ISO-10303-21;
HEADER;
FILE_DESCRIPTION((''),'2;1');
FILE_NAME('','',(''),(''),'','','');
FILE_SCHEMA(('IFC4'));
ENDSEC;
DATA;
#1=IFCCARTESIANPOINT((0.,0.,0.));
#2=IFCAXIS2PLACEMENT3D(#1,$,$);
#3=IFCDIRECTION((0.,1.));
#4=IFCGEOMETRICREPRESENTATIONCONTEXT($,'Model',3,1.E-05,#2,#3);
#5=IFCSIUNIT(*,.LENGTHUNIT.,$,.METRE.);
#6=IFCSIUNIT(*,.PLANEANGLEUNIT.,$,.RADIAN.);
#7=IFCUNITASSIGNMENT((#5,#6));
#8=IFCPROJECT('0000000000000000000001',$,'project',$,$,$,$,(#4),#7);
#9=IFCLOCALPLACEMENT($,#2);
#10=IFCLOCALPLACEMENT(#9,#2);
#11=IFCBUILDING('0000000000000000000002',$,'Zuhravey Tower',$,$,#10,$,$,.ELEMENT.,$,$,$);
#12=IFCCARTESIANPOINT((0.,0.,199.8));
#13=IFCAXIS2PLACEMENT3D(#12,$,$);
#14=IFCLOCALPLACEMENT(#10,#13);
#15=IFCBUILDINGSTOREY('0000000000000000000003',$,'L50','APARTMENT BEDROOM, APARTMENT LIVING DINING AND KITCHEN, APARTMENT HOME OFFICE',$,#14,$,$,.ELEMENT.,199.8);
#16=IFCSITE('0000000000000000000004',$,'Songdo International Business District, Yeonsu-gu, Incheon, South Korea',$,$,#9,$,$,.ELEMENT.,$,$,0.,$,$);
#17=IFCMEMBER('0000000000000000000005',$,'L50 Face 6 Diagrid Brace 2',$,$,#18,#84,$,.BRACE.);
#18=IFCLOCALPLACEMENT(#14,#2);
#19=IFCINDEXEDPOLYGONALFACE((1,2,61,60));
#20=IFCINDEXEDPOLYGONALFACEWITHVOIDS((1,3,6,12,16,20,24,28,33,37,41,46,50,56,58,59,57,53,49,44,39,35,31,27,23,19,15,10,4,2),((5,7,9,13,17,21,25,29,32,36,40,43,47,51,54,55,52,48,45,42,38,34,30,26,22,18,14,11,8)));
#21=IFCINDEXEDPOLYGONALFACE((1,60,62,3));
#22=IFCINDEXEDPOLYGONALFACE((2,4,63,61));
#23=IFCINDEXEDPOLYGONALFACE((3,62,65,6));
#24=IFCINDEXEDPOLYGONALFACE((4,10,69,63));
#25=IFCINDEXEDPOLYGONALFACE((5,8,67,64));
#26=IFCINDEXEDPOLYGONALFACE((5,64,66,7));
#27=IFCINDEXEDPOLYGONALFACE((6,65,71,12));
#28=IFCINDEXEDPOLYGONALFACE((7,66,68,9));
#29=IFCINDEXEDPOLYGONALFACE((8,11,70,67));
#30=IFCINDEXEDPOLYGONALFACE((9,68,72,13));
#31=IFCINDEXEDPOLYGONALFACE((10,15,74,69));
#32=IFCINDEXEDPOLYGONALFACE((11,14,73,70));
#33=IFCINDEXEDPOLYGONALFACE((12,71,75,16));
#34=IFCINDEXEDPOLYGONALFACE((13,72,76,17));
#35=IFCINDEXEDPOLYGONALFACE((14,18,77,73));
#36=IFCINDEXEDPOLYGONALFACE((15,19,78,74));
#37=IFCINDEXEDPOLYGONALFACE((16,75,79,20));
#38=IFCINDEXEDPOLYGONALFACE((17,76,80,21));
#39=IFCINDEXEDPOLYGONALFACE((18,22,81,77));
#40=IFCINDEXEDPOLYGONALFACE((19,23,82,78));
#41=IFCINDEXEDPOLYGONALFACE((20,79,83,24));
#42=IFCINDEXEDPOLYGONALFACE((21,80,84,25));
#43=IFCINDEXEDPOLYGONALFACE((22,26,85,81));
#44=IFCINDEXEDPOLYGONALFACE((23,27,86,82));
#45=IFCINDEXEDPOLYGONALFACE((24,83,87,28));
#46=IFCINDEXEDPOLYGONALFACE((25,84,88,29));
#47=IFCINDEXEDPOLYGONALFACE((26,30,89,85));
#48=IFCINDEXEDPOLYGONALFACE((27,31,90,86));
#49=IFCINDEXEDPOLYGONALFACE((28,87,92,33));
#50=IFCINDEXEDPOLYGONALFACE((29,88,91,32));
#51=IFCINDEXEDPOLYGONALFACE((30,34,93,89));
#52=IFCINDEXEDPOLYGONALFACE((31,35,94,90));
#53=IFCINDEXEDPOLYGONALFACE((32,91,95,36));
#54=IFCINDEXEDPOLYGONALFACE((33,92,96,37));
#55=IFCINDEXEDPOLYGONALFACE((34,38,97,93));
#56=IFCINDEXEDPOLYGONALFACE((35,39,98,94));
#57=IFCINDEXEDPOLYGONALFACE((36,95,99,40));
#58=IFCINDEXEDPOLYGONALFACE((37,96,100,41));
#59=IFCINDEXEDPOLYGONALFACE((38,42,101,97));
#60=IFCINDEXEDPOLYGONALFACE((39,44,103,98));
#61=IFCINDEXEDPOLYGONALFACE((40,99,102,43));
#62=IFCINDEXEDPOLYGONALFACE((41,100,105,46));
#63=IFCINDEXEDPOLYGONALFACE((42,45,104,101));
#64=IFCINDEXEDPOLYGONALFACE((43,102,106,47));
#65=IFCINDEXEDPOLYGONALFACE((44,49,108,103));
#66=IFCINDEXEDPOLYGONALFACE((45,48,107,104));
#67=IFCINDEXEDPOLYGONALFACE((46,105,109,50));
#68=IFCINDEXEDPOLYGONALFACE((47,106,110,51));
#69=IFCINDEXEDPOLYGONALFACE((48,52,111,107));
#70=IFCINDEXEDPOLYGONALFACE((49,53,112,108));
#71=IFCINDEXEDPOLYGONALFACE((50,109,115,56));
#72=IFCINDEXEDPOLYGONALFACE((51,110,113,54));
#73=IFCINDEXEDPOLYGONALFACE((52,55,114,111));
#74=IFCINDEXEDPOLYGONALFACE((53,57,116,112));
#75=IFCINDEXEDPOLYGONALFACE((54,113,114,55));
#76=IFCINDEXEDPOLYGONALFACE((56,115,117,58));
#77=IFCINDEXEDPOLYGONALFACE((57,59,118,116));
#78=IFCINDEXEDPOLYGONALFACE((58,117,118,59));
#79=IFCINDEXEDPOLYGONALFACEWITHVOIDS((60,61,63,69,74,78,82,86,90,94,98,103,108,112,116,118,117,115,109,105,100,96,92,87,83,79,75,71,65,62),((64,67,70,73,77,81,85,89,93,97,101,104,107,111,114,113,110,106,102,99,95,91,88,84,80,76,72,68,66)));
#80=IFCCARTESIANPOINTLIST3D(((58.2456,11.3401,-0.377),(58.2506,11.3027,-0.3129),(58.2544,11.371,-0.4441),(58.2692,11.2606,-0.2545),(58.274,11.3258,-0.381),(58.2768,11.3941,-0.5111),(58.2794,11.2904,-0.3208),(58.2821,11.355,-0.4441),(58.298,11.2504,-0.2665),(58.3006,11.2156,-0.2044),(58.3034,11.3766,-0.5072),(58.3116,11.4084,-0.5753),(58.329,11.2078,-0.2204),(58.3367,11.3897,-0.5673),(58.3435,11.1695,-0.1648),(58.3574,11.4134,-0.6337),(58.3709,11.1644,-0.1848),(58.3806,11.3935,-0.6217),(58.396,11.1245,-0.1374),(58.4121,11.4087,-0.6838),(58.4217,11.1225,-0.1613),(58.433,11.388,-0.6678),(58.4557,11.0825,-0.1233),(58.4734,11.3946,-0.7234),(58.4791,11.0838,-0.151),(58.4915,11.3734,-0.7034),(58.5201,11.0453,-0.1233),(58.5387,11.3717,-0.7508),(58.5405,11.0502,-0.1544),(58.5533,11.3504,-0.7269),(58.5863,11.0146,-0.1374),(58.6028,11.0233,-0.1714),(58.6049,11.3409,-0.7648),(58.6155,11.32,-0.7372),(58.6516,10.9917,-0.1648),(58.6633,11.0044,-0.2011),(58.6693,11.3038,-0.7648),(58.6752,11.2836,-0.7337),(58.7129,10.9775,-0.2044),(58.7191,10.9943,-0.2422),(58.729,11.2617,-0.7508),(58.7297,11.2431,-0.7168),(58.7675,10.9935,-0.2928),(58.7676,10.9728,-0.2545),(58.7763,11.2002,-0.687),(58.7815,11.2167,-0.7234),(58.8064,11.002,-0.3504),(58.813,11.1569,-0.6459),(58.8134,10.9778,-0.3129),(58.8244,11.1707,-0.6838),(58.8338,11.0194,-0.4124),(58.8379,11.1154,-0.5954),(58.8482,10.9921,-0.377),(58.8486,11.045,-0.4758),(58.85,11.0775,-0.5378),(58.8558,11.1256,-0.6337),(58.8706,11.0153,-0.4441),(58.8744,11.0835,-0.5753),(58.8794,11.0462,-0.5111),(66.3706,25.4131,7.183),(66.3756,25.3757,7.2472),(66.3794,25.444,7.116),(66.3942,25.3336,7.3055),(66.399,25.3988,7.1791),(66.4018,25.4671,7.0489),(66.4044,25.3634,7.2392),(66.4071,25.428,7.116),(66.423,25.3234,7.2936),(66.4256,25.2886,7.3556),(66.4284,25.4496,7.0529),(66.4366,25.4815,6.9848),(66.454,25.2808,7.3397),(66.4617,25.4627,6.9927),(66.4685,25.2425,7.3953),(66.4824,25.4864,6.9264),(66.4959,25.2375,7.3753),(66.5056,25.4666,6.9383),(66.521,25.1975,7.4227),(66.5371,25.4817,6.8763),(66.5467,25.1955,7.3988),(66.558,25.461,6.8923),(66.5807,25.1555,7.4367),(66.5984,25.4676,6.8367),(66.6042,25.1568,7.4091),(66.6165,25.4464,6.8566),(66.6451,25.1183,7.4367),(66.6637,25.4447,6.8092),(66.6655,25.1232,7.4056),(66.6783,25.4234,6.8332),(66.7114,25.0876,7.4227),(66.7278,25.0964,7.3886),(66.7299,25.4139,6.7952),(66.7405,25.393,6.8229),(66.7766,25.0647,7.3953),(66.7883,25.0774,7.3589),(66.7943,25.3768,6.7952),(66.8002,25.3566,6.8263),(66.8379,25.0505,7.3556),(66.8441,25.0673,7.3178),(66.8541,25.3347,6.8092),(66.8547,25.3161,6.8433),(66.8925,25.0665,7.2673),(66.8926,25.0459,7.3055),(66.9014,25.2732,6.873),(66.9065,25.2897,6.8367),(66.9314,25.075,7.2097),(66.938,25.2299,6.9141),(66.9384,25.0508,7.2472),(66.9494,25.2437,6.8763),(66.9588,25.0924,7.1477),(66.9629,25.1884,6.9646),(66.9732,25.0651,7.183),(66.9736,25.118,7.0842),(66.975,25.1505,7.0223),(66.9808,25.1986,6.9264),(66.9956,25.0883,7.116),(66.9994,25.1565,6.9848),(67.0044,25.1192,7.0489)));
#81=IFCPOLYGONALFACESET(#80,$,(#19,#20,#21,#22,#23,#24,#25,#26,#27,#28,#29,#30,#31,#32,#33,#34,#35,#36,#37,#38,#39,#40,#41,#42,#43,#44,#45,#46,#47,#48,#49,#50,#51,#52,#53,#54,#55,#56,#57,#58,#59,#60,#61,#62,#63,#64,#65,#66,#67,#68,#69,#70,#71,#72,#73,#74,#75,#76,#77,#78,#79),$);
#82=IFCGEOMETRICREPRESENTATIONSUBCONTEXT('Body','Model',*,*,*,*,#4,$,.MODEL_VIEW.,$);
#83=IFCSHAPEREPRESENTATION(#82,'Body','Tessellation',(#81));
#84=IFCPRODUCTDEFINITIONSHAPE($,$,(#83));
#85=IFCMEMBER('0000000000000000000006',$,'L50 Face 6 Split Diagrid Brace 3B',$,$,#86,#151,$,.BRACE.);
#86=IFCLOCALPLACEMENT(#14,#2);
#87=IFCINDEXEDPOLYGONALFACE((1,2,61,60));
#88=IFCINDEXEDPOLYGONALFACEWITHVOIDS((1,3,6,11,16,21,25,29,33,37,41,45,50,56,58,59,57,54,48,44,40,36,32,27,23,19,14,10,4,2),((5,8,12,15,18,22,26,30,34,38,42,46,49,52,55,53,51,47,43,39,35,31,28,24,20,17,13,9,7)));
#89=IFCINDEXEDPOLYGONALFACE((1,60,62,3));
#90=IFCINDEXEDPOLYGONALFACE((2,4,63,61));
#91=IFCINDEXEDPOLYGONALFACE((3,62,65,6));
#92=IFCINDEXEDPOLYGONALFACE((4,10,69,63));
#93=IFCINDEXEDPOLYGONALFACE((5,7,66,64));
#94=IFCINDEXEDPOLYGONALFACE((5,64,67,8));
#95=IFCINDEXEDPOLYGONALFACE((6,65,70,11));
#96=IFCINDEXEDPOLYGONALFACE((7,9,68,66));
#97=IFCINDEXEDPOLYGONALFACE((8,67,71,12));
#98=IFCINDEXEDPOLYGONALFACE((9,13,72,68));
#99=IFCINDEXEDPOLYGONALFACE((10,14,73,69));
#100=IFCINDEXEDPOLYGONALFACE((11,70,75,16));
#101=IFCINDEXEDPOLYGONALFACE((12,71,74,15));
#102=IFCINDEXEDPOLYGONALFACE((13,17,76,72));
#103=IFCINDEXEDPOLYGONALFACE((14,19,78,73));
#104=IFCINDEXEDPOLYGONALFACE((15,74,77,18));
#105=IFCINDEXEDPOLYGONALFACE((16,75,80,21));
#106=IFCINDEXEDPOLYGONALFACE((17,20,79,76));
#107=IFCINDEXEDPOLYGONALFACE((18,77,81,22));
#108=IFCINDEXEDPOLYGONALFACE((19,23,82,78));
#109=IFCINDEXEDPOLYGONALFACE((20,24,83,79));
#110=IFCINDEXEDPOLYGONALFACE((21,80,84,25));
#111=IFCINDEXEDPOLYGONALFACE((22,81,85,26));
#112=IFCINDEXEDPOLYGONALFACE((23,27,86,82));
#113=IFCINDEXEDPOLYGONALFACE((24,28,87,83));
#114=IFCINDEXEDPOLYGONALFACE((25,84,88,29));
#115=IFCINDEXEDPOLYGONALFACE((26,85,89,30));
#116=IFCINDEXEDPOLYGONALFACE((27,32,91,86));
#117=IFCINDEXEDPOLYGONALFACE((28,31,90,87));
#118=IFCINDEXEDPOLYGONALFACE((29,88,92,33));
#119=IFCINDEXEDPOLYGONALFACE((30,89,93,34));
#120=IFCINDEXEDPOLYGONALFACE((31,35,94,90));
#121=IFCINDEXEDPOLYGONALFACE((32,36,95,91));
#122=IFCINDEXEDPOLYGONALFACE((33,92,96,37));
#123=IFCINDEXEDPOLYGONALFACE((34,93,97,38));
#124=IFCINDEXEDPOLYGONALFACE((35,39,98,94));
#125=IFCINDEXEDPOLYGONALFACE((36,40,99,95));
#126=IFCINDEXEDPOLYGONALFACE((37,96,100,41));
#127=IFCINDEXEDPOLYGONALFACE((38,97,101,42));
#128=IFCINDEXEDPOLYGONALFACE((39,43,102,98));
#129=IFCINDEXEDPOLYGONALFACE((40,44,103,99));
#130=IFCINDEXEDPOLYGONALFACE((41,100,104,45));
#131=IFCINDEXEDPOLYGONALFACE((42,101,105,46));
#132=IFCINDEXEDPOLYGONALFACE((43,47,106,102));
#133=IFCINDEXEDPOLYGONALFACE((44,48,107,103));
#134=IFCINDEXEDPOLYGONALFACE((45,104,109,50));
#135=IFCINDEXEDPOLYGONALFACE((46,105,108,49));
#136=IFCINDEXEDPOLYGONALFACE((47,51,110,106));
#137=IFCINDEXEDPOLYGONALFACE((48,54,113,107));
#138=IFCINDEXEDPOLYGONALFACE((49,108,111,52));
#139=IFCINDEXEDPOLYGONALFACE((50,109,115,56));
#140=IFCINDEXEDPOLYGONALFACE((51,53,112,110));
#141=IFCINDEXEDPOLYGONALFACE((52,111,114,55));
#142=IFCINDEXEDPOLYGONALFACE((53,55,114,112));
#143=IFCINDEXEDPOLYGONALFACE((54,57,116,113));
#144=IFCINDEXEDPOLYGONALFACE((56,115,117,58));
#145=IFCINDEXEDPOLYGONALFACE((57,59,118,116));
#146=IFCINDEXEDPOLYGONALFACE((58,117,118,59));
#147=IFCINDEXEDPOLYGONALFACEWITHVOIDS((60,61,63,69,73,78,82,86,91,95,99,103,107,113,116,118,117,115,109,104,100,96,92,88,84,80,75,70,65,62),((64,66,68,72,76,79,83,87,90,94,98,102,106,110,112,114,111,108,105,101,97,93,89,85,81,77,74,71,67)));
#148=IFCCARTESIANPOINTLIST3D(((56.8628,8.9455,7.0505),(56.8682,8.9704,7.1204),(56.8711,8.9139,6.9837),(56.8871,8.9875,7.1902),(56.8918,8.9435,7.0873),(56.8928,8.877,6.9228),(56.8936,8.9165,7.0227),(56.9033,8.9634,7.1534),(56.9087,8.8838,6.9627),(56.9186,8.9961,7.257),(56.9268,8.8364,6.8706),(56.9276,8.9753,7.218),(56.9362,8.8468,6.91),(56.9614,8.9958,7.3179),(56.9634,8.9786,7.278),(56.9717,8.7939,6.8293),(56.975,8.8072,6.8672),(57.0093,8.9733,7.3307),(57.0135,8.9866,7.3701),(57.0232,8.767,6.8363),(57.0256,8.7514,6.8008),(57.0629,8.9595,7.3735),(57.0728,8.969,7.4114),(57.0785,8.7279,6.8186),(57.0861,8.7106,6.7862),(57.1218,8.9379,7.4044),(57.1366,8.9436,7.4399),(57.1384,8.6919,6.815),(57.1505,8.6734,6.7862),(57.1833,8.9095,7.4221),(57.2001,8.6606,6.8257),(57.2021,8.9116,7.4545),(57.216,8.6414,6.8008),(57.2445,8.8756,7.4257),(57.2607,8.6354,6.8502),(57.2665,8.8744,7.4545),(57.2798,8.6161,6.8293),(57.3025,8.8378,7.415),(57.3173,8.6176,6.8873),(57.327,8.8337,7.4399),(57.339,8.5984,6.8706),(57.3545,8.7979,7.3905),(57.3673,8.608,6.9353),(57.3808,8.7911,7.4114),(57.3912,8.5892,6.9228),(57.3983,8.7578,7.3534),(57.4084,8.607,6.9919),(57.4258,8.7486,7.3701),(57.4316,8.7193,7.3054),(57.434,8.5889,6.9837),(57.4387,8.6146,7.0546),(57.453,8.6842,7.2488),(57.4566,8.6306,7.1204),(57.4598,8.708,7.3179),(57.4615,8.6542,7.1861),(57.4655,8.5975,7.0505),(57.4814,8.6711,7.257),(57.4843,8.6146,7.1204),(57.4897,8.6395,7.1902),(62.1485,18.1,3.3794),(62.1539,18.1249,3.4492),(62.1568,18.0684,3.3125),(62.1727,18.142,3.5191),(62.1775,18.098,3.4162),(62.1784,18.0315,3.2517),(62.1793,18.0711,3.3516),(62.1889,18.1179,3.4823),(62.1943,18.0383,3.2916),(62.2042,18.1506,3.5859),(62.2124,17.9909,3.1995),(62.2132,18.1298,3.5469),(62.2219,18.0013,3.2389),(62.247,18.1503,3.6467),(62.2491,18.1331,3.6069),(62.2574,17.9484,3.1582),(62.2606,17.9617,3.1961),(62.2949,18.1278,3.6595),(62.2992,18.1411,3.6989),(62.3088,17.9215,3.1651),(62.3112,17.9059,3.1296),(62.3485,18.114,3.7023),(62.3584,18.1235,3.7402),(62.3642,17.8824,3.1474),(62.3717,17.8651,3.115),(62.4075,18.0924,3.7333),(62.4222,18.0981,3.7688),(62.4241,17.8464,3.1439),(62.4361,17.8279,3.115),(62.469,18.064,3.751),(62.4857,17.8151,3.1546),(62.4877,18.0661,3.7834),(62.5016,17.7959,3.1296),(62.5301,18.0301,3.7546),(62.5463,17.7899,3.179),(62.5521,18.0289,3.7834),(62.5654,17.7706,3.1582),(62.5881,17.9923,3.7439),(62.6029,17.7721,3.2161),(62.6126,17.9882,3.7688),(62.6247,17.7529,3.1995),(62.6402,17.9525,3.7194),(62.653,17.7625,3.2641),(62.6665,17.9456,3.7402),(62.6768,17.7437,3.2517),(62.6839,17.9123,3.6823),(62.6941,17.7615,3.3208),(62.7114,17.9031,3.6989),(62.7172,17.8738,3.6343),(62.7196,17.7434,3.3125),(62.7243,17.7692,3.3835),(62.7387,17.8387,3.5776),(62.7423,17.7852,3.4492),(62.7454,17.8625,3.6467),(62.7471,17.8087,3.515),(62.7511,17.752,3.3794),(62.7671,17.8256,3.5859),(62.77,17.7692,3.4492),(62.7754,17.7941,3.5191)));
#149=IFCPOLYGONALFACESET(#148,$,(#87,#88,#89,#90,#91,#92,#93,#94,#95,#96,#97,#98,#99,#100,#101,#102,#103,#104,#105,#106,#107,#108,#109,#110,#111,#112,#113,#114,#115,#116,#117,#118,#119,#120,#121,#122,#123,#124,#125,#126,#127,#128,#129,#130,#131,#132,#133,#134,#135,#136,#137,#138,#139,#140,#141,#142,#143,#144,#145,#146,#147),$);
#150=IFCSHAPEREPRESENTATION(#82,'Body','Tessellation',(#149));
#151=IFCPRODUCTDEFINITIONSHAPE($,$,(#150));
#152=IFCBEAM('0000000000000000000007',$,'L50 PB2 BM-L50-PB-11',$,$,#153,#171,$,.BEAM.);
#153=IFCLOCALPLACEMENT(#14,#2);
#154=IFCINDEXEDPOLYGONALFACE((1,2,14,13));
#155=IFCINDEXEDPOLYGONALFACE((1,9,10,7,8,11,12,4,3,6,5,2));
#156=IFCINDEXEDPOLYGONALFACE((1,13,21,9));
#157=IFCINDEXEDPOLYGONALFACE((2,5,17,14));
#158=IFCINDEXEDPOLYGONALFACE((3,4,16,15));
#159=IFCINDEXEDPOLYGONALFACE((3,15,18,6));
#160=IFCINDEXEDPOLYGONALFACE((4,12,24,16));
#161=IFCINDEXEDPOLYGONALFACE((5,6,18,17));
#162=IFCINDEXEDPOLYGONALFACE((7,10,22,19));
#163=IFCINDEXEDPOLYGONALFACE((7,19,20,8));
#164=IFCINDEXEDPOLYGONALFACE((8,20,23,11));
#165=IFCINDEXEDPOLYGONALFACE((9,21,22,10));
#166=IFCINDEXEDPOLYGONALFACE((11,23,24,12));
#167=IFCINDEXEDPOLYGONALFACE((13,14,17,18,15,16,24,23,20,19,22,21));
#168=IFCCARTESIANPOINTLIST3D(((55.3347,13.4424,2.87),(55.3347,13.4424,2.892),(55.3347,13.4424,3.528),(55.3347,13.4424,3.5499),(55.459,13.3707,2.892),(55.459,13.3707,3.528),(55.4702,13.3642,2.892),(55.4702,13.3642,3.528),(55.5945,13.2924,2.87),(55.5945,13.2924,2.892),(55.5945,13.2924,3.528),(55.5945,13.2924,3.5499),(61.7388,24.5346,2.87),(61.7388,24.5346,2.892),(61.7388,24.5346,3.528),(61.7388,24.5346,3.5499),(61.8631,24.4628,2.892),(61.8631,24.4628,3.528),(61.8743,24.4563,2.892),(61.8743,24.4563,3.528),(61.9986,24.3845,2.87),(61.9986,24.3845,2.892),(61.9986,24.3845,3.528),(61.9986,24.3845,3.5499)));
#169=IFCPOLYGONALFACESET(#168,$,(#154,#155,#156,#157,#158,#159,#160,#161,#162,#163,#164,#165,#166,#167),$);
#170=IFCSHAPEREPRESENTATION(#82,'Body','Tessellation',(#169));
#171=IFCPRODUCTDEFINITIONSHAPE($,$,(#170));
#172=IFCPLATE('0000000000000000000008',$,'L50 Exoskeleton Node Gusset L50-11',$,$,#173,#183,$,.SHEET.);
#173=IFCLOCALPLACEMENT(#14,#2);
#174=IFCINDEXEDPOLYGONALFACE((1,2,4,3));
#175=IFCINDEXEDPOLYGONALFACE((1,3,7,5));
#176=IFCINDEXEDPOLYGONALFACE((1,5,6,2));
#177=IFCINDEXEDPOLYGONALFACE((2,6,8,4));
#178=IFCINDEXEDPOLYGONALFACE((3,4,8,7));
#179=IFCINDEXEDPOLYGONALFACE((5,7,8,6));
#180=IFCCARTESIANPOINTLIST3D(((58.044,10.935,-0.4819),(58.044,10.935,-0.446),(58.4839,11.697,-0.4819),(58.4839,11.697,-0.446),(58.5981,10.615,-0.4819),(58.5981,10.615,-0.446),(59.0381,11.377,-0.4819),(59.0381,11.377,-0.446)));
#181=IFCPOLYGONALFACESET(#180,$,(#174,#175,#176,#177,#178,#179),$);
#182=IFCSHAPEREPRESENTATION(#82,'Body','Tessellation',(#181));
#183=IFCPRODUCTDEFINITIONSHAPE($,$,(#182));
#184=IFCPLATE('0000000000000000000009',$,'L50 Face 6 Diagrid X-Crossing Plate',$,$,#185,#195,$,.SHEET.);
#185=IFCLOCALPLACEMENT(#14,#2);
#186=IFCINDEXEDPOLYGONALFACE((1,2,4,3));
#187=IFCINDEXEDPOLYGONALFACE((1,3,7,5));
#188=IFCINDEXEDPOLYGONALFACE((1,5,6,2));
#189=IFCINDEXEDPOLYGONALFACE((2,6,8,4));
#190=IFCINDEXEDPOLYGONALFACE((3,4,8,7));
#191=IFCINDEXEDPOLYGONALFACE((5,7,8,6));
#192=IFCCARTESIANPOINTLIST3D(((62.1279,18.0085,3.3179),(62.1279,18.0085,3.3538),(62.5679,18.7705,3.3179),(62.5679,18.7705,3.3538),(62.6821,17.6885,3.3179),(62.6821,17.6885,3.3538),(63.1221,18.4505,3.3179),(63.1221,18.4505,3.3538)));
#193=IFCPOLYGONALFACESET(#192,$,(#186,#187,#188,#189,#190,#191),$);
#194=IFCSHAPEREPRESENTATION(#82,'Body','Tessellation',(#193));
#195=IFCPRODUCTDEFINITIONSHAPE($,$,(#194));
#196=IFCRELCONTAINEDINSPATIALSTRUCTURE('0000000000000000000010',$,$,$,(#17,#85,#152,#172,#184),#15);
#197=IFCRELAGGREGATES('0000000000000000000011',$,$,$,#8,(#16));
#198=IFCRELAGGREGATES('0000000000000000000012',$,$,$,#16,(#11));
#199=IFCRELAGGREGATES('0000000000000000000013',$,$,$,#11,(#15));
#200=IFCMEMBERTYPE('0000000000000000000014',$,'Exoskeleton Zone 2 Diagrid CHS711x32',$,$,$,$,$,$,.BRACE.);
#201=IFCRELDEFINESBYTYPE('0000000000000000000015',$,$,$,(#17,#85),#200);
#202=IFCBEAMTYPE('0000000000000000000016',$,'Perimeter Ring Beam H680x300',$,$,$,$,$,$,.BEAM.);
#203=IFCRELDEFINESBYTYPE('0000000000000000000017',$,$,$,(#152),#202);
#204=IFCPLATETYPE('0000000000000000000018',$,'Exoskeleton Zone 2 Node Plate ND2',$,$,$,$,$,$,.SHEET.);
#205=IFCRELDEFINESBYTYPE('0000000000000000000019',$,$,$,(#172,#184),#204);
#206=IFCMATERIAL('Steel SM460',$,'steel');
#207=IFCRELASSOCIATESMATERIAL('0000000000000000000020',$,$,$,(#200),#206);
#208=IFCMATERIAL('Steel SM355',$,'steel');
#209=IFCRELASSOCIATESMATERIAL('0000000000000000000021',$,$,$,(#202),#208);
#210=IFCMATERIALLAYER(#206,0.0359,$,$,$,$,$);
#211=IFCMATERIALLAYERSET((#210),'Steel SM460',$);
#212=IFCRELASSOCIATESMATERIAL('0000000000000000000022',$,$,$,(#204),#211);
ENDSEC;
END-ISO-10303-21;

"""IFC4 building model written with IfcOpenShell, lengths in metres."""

from ifc_helpers import new_model, si_unit, direction, frame, origin, origin_2d, place, context, subcontext, project, spatial, rectangle, hollow_circle, i_section, extrude, material, layer, layer_set, material_profile, profile_set, type_object, element, save


model = new_model("IFC4")

# Units and contexts
model_context = context("Model", 3, precision=1e-05, world=origin(), true_north=direction((0.0, 1.0)))
body_context = subcontext(model_context, "Body", "Model", "MODEL_VIEW")
ifc_project = project(units=[si_unit("LENGTHUNIT", "METRE"), si_unit("PLANEANGLEUNIT", "RADIAN")], contexts=[model_context])

# Site, building, storey
site_placement = place(None, origin())
site = spatial("IfcSite", under=ifc_project, at=site_placement, Name="Songdo International Business District, Yeonsu-gu, Incheon, South Korea", CompositionType="ELEMENT", RefElevation=0.0)
building_placement = place(site_placement, origin())
building = spatial("IfcBuilding", under=site, at=building_placement, Name="Zuhravey Tower", CompositionType="ELEMENT")
storey_placement = place(building_placement, frame((0.0, 0.0, 199.8)))
storey = spatial("IfcBuildingStorey", under=building, at=storey_placement, Name="L50", Description="APARTMENT BEDROOM, APARTMENT LIVING DINING AND KITCHEN, APARTMENT HOME OFFICE", CompositionType="ELEMENT", Elevation=199.8)

# Members
ifc_material_1 = material(Name="Steel SM355", Category="steel")
ifc_material_2 = material(Name="Steel SM460", Category="steel")
ifc_material_profile_1 = material_profile(ifc_material_2, hollow_circle(Radius=0.3557, WallThickness=0.032, at=origin_2d()), Name="CHS-711.2x32")
ifc_profile_set_1 = profile_set([ifc_material_profile_1], Name="Steel SM460")
member_type_1 = type_object("IfcMemberType", Name="Exoskeleton Zone 2 Diagrid CHS711x32", PredefinedType="BRACE", material=ifc_profile_set_1)
member_1_placement = place(storey_placement, frame((58.5625, 11.1931, -0.4441), z_axis=(0.453338, 0.78521, 0.421817), x_axis=(-0.866027, 0.499998, 0.0)))
element("IfcMember", 1, at=member_1_placement, inside=storey, type_object=member_type_1, Name="L50 Face 6 Diagrid Brace 2", PredefinedType="BRACE", context=body_context, shape_type="SweptSolid", body=[
    extrude(hollow_circle(Radius=0.3557, WallThickness=0.032, at=origin_2d()), origin(), (0.0, 0.0, 1.0), 17.9226),
])
member_2_placement = place(storey_placement, frame((62.4619, 17.947, 3.4492), z_axis=(-0.472345, -0.818084, 0.328067), x_axis=(0.866014, -0.500019, 0.0)))
element("IfcMember", 2, at=member_2_placement, inside=storey, type_object=member_type_1, Name="L50 Face 6 Split Diagrid Brace 3B", PredefinedType="BRACE", context=body_context, shape_type="SweptSolid", body=[
    extrude(hollow_circle(Radius=0.3557, WallThickness=0.032, at=origin_2d()), origin(), (0.0, 0.0, 1.0), 11.1902),
])

# Beam
ifc_material_profile_2 = material_profile(ifc_material_1, i_section(OverallWidth=0.3, OverallDepth=0.6799, WebThickness=0.0129, FlangeThickness=0.022, at=origin_2d()), Name="H-680x300x13x22")
ifc_profile_set_2 = profile_set([ifc_material_profile_2], Name="Steel SM355")
beam_type = type_object("IfcBeamType", Name="Perimeter Ring Beam H680x300", PredefinedType="BEAM", material=ifc_profile_set_2)
beam_placement = place(storey_placement, frame((55.4646, 13.3674, 3.21), z_axis=(0.500004, 0.866023, 0.0), x_axis=(-0.866023, 0.500004, 0.0)))
element("IfcBeam", 3, at=beam_placement, inside=storey, type_object=beam_type, Name="L50 PB2 BM-L50-PB-11", PredefinedType="BEAM", context=body_context, shape_type="SweptSolid", body=[
    extrude(i_section(OverallWidth=0.3, OverallDepth=0.6799, WebThickness=0.0129, FlangeThickness=0.022, at=origin_2d()), origin(), (0.0, 0.0, 1.0), 12.8081),
])

# Plates
ifc_layer_1 = layer(ifc_material_2, 0.0359)
ifc_layer_set_1 = layer_set([ifc_layer_1], Name="Steel SM460")
plate_type_1 = type_object("IfcPlateType", Name="Exoskeleton Zone 2 Node Plate ND2", PredefinedType="SHEET", material=ifc_layer_set_1)
for number, where, z_axis, x_axis, name in (
    (4, (58.541, 11.156, -0.4819), (0.0, 0.0, 1.0), (0.5, 0.866025, 0.0), "L50 Exoskeleton Node Gusset L50-11"),
    (5, (62.625, 18.2295, 3.3179), (0.0, 0.0, 1.0), (0.5, 0.866025, 0.0), "L50 Face 6 Diagrid X-Crossing Plate"),
):
    element("IfcPlate", number, at=place(storey_placement, frame(where, z_axis=z_axis, x_axis=x_axis)), inside=storey, type_object=plate_type_1, Name=name, PredefinedType="SHEET", context=body_context, shape_type="SweptSolid", body=[
        extrude(rectangle(XDim=0.8799, YDim=0.6399, at=origin_2d()), origin(), (0.0, 0.0, 1.0), 0.0359),
    ])

save(model, "model.ifc")
